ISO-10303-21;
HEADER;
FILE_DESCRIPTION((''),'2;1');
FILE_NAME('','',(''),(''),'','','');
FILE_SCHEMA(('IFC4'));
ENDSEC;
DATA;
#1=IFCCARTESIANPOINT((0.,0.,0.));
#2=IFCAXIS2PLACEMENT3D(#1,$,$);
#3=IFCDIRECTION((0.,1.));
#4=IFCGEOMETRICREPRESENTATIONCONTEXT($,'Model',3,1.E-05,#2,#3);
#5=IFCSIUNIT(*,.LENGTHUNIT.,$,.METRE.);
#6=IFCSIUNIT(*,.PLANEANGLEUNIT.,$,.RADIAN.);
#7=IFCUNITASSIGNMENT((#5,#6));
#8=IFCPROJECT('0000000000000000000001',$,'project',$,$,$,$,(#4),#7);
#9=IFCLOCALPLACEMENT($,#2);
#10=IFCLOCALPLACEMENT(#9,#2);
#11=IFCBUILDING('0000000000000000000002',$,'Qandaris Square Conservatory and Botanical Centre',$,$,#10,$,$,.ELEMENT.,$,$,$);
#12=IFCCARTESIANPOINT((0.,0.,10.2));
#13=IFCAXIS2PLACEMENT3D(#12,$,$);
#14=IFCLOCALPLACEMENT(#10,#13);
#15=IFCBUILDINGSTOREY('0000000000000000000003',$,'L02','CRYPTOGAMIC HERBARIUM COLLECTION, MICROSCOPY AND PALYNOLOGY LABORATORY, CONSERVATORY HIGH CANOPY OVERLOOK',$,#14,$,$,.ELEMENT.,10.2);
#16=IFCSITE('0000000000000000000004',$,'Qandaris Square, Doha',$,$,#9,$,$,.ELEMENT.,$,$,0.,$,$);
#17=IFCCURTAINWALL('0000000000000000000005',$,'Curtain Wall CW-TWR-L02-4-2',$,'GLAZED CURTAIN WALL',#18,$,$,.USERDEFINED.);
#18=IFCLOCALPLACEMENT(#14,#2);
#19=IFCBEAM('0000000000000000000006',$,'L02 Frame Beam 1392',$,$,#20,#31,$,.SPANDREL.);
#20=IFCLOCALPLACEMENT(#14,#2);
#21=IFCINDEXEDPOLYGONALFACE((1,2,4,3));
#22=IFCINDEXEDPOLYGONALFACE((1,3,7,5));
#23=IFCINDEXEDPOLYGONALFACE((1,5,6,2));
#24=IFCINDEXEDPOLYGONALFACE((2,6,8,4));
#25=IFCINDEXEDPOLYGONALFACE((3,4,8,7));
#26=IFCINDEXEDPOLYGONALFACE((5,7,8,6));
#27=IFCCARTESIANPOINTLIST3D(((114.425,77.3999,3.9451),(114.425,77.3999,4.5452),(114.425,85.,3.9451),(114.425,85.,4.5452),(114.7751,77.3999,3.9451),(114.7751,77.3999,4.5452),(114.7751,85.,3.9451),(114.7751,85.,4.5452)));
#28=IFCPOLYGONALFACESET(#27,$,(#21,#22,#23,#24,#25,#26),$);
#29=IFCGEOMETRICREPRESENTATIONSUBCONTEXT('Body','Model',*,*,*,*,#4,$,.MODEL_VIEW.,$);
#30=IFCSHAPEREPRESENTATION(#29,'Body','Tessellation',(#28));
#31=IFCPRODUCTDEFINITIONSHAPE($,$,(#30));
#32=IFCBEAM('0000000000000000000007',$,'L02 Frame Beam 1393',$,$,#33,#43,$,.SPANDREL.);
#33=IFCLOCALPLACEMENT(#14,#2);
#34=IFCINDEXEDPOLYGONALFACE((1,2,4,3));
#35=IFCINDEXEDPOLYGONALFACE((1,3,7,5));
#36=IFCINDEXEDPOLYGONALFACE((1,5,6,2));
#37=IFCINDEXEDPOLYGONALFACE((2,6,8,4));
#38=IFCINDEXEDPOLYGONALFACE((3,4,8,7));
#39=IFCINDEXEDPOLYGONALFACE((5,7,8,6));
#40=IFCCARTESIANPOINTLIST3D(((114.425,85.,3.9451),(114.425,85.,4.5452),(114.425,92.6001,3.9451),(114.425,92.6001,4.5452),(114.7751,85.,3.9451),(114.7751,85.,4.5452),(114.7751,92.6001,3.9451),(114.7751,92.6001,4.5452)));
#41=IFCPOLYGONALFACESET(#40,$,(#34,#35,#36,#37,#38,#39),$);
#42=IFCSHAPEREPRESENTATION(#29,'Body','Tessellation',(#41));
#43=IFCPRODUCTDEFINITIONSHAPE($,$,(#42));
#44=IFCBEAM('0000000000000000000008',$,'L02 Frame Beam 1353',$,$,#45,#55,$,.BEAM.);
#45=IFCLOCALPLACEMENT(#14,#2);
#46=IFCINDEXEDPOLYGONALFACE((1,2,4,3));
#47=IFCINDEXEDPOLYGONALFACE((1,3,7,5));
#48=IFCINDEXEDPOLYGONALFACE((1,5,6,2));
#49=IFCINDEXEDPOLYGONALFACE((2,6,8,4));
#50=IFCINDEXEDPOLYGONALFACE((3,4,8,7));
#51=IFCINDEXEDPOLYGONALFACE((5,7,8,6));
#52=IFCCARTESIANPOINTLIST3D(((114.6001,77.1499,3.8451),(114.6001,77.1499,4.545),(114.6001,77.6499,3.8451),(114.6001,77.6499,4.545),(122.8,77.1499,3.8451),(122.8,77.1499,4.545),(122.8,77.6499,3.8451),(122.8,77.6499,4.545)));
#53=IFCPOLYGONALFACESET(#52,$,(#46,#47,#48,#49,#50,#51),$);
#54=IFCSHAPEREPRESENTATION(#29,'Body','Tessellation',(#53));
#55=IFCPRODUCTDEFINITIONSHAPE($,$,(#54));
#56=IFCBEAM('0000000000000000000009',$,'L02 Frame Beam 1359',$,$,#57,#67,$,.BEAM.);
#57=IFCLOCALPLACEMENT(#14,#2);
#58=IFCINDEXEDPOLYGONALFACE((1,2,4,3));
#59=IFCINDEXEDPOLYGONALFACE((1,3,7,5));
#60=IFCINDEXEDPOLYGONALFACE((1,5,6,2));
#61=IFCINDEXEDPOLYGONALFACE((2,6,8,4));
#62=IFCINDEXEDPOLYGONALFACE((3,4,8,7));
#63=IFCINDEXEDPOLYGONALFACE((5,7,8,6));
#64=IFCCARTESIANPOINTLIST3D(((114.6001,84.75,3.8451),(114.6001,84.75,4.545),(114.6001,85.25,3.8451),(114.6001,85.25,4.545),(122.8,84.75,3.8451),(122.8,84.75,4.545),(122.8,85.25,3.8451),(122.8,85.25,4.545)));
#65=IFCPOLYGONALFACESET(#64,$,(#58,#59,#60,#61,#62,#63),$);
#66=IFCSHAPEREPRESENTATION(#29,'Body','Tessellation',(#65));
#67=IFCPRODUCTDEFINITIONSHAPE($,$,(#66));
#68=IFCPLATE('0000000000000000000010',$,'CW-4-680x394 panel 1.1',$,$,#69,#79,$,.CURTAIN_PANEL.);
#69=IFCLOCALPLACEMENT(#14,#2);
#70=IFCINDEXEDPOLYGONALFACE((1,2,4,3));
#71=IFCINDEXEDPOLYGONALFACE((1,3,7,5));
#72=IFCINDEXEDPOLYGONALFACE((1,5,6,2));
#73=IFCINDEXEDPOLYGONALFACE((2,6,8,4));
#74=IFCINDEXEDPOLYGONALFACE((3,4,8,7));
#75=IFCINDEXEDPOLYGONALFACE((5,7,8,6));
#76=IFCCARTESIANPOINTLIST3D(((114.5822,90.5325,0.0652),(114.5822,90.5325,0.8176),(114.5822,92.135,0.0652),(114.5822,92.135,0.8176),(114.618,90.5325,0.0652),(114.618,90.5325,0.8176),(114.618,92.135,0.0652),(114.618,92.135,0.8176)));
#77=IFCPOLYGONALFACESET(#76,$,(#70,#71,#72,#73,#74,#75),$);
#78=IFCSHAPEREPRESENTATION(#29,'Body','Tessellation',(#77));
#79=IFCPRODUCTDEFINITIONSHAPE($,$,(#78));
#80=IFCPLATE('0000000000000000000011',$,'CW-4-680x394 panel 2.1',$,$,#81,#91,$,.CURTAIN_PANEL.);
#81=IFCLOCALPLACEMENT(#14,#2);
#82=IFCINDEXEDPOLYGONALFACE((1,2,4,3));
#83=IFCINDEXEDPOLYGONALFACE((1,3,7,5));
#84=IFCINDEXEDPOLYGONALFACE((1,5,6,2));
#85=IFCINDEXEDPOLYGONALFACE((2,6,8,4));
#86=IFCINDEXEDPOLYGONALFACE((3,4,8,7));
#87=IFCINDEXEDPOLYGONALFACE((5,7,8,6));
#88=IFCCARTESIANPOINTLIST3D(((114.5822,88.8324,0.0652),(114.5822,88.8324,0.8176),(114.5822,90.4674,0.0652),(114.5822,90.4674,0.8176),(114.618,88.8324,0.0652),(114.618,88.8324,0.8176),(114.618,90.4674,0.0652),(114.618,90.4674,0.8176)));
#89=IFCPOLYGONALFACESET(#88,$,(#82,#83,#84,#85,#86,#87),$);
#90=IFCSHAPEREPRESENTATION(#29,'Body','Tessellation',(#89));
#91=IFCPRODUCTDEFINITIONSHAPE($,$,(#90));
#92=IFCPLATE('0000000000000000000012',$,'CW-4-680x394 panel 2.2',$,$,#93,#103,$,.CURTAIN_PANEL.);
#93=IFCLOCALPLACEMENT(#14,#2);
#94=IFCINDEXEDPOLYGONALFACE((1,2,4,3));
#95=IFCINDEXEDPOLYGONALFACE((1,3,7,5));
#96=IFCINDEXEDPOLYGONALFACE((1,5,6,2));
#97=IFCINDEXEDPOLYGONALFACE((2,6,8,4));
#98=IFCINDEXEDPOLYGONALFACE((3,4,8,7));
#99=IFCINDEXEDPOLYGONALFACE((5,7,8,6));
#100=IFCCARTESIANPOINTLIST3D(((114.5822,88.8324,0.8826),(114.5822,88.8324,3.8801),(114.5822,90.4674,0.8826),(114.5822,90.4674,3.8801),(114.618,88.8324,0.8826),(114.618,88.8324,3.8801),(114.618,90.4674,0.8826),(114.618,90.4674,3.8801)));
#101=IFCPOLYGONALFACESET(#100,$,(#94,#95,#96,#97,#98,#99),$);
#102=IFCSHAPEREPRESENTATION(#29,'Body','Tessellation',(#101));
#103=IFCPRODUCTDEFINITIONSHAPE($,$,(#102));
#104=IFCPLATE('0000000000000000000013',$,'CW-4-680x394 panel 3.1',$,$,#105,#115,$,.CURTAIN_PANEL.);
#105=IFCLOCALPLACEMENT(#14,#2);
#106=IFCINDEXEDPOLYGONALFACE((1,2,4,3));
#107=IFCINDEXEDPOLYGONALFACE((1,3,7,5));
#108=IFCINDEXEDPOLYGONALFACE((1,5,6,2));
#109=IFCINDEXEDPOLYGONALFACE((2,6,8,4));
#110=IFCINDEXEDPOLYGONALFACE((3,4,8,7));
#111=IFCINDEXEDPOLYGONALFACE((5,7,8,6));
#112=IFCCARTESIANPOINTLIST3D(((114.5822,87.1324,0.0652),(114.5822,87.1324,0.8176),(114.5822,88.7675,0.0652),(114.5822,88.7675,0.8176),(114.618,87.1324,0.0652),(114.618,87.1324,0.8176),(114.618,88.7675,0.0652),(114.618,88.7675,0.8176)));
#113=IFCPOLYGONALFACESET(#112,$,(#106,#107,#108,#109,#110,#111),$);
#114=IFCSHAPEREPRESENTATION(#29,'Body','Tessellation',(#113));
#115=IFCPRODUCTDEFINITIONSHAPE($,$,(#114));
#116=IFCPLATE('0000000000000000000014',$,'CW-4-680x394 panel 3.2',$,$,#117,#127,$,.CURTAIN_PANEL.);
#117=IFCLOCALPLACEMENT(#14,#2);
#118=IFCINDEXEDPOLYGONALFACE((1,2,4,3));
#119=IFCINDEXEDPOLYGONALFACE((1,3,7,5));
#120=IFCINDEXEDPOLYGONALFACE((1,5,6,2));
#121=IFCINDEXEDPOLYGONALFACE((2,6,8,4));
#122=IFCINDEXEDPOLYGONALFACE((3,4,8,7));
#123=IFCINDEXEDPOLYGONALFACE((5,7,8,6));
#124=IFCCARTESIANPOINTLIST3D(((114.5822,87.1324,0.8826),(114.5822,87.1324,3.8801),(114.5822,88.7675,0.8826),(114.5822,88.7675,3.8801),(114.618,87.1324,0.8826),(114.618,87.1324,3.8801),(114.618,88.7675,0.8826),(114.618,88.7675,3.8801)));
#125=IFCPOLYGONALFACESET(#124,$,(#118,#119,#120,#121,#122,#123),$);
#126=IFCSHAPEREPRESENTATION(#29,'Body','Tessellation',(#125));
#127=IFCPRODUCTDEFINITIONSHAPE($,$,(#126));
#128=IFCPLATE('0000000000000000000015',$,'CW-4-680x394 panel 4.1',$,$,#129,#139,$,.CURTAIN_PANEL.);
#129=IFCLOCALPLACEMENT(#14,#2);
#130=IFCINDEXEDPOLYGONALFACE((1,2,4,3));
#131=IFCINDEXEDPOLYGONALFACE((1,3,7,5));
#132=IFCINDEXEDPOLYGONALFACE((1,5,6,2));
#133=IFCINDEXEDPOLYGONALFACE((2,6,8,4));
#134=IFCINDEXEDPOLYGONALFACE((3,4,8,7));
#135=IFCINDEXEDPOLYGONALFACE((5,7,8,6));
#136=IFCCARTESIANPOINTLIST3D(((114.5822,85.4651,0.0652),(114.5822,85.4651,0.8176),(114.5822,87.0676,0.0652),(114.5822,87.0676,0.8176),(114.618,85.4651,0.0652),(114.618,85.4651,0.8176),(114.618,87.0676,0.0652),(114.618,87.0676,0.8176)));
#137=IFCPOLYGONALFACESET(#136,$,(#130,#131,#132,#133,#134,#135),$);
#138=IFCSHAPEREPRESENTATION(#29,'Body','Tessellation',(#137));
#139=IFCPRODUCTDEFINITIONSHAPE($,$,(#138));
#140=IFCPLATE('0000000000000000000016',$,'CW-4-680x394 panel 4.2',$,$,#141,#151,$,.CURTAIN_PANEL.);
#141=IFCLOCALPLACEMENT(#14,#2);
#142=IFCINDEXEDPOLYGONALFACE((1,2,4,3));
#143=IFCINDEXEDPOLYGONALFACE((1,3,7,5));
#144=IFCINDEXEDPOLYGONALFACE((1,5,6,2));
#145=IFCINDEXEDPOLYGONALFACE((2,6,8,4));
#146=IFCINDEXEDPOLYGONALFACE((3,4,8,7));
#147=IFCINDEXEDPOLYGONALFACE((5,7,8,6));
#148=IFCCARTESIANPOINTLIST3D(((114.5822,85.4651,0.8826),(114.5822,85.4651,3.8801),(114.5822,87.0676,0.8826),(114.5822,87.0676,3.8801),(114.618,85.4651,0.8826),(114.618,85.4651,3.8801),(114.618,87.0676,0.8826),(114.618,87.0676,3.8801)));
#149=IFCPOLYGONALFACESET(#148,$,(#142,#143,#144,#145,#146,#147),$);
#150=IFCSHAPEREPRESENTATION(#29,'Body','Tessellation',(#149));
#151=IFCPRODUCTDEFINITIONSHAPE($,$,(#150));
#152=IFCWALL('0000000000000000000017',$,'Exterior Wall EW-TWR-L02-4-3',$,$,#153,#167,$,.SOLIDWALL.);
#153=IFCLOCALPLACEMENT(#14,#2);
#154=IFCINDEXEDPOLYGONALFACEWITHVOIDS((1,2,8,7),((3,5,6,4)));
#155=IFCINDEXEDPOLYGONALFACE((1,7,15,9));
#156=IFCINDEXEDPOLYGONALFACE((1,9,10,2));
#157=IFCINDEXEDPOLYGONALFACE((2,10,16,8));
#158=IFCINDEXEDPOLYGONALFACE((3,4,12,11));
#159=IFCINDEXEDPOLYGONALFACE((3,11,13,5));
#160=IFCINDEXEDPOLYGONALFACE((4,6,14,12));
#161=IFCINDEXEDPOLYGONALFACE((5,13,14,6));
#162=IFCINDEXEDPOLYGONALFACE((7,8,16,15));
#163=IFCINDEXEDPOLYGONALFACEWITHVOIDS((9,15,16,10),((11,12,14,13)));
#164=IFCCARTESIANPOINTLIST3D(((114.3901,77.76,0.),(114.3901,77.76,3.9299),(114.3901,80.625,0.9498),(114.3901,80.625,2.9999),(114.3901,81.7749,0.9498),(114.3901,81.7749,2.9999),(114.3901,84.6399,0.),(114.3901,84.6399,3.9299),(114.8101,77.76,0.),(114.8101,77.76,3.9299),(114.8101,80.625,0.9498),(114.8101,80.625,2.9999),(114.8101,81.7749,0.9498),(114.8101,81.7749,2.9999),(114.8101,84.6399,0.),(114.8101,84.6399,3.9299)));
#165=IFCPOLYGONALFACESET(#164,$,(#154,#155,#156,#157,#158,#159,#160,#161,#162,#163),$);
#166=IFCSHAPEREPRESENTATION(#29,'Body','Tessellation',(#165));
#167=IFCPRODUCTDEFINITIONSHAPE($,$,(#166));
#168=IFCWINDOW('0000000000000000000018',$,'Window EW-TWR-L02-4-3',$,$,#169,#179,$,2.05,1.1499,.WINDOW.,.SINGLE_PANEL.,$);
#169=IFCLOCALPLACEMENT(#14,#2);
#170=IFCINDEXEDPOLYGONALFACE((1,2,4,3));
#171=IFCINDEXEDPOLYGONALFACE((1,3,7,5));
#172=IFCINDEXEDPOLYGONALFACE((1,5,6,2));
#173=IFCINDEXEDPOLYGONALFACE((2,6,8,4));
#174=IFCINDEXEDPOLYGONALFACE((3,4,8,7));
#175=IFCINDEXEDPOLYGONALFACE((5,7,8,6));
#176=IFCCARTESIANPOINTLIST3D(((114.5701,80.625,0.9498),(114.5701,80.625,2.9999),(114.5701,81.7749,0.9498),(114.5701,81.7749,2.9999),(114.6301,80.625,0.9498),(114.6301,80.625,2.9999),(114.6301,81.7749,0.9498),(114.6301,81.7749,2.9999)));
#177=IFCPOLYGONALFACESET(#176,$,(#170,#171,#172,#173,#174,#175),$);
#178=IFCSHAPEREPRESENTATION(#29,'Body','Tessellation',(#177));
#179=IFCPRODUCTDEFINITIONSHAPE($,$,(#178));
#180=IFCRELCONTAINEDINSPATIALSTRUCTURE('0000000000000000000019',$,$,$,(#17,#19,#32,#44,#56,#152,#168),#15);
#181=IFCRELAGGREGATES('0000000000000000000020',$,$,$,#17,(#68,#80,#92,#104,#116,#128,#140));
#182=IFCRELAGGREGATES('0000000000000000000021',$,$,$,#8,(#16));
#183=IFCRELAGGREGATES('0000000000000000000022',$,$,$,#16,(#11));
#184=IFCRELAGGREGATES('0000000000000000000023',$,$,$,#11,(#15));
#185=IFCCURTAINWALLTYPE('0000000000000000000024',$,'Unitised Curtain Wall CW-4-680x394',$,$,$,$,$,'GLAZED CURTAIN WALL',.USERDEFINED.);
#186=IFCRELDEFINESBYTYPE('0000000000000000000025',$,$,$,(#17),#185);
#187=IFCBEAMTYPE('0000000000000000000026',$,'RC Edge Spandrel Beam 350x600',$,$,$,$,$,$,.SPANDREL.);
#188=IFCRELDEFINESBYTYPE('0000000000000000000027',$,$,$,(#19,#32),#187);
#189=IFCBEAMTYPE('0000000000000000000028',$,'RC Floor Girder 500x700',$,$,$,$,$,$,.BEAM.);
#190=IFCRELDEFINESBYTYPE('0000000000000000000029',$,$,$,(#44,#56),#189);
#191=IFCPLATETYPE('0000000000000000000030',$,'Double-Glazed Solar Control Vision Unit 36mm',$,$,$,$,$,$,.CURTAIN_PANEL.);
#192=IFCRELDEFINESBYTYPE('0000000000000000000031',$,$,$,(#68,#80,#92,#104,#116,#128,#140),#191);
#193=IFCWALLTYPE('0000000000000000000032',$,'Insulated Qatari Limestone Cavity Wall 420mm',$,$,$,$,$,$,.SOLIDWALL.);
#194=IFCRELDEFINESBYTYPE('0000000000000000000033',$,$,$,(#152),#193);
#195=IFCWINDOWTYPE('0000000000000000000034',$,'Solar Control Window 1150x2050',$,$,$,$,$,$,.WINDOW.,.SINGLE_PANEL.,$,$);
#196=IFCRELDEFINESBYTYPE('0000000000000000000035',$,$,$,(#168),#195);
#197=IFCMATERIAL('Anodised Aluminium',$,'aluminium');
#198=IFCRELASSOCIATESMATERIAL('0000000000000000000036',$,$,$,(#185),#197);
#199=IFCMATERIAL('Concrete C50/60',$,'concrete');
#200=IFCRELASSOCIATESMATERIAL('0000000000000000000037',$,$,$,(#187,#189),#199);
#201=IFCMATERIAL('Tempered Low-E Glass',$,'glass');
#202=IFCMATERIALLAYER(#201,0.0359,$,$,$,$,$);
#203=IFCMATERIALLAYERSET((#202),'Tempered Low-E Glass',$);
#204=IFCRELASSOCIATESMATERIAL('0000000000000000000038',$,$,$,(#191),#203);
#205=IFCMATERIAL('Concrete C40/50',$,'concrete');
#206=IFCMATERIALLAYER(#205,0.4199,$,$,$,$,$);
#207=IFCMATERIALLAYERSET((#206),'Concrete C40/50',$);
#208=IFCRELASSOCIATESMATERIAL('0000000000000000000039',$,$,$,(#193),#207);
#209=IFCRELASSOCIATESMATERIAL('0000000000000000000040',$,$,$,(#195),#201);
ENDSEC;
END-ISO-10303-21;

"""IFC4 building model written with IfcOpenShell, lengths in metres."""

from ifc_helpers import new_model, si_unit, direction, frame, frame_2d, origin, origin_2d, place, context, subcontext, project, spatial, rectangle, extrude, material, layer, layer_set, material_profile, profile_set, type_object, element, fill, aggregate, save


model = new_model("IFC4")

# Units and contexts
model_context = context("Model", 3, precision=1e-05, world=origin(), true_north=direction((0.0, 1.0)))
body_context = subcontext(model_context, "Body", "Model", "MODEL_VIEW")
ifc_project = project(units=[si_unit("LENGTHUNIT", "METRE"), si_unit("PLANEANGLEUNIT", "RADIAN")], contexts=[model_context])

# Site, building, storey
site_placement = place(None, origin())
site = spatial("IfcSite", under=ifc_project, at=site_placement, Name="Qandaris Square, Doha", CompositionType="ELEMENT", RefElevation=0.0)
building_placement = place(site_placement, origin())
building = spatial("IfcBuilding", under=site, at=building_placement, Name="Qandaris Square Conservatory and Botanical Centre", CompositionType="ELEMENT")
storey_placement = place(building_placement, frame((0.0, 0.0, 10.2)))
storey = spatial("IfcBuildingStorey", under=building, at=storey_placement, Name="L02", Description="CRYPTOGAMIC HERBARIUM COLLECTION, MICROSCOPY AND PALYNOLOGY LABORATORY, CONSERVATORY HIGH CANOPY OVERLOOK", CompositionType="ELEMENT", Elevation=10.2)

# Shared definitions
ifc_material_1 = material(Name="Concrete C40/50", Category="concrete")

# Curtain wall
ifc_material_2 = material(Name="Anodised Aluminium", Category="aluminium")
curtain_wall_type = type_object("IfcCurtainWallType", Name="Unitised Curtain Wall CW-4-680x394", ElementType="GLAZED CURTAIN WALL", PredefinedType="USERDEFINED", material=ifc_material_2)
curtain_wall_placement = place(storey_placement, origin())
curtain_wall = element("IfcCurtainWall", 1, at=curtain_wall_placement, inside=storey, type_object=curtain_wall_type, Name="Curtain Wall CW-TWR-L02-4-2", ObjectType="GLAZED CURTAIN WALL", PredefinedType="USERDEFINED")

# Beams
ifc_material_3 = material(Name="Concrete C50/60", Category="concrete")
ifc_material_profile_1 = material_profile(ifc_material_3, rectangle(XDim=0.3501, YDim=0.6001, at=origin_2d()), Name="RC-SP 350x600")
ifc_profile_set_1 = profile_set([ifc_material_profile_1], Name="Concrete C50/60")
beam_type_1 = type_object("IfcBeamType", Name="RC Edge Spandrel Beam 350x600", PredefinedType="SPANDREL", material=ifc_profile_set_1)
for number, where, z_axis, x_axis, name in (
    (2, (114.6001, 77.3999, 4.2451), (0.0, 1.0, 0.0), (-1.0, 0.0, 0.0), "L02 Frame Beam 1392"),
    (3, (114.6001, 85.0, 4.2451), (0.0, 1.0, 0.0), (-1.0, 0.0, 0.0), "L02 Frame Beam 1393"),
):
    element("IfcBeam", number, at=place(storey_placement, frame(where, z_axis=z_axis, x_axis=x_axis)), inside=storey, type_object=beam_type_1, Name=name, PredefinedType="SPANDREL", context=body_context, shape_type="SweptSolid", body=[
        extrude(rectangle(XDim=0.3501, YDim=0.6001, at=origin_2d()), origin(), (0.0, 0.0, 1.0), 7.6001),
    ])
ifc_material_profile_2 = material_profile(ifc_material_3, rectangle(XDim=0.5, YDim=0.7, at=origin_2d()), Name="RC-BM 500x700")
ifc_profile_set_2 = profile_set([ifc_material_profile_2], Name="Concrete C50/60")
beam_type_2 = type_object("IfcBeamType", Name="RC Floor Girder 500x700", PredefinedType="BEAM", material=ifc_profile_set_2)
for number, where, z_axis, x_axis, name in (
    (4, (114.6001, 77.3999, 4.1951), (1.0, 0.0, 0.0), (0.0, 1.0, 0.0), "L02 Frame Beam 1353"),
    (5, (114.6001, 85.0, 4.1951), (1.0, 0.0, 0.0), (0.0, 1.0, 0.0), "L02 Frame Beam 1359"),
):
    element("IfcBeam", number, at=place(storey_placement, frame(where, z_axis=z_axis, x_axis=x_axis)), inside=storey, type_object=beam_type_2, Name=name, PredefinedType="BEAM", context=body_context, shape_type="SweptSolid", body=[
        extrude(rectangle(XDim=0.5, YDim=0.7, at=origin_2d()), origin(), (0.0, 0.0, 1.0), 8.2),
    ])

# Plates
ifc_material_4 = material(Name="Tempered Low-E Glass", Category="glass")
ifc_layer_1 = layer(ifc_material_4, 0.0359)
ifc_layer_set_1 = layer_set([ifc_layer_1], Name="Tempered Low-E Glass")
plate_type = type_object("IfcPlateType", Name="Double-Glazed Solar Control Vision Unit 36mm", PredefinedType="CURTAIN_PANEL", material=ifc_layer_set_1)
plate_1_placement = place(storey_placement, frame((114.6001, 91.3337, 0.0652), z_axis=(0.0, 0.0, 1.0), x_axis=(0.0, -1.0, 0.0)))
plate_1 = element("IfcPlate", 6, at=plate_1_placement, type_object=plate_type, Name="CW-4-680x394 panel 1.1", PredefinedType="CURTAIN_PANEL", context=body_context, shape_type="SweptSolid", body=[
    extrude(rectangle(XDim=1.6025, YDim=0.0359, at=origin_2d()), origin(), (0.0, 0.0, 1.0), 0.7524),
])
plate_2_placement = place(storey_placement, frame((114.6001, 89.6499, 0.0652), z_axis=(0.0, 0.0, 1.0), x_axis=(0.0, -1.0, 0.0)))
plate_2 = element("IfcPlate", 7, at=plate_2_placement, type_object=plate_type, Name="CW-4-680x394 panel 2.1", PredefinedType="CURTAIN_PANEL", context=body_context, shape_type="SweptSolid", body=[
    extrude(rectangle(XDim=1.635, YDim=0.0359, at=origin_2d()), origin(), (0.0, 0.0, 1.0), 0.7524),
])
plate_3_placement = place(storey_placement, frame((114.6001, 89.6499, 0.8826), z_axis=(0.0, 0.0, 1.0), x_axis=(0.0, -1.0, 0.0)))
plate_3 = element("IfcPlate", 8, at=plate_3_placement, type_object=plate_type, Name="CW-4-680x394 panel 2.2", PredefinedType="CURTAIN_PANEL", context=body_context, shape_type="SweptSolid", body=[
    extrude(rectangle(XDim=1.635, YDim=0.0359, at=origin_2d()), origin(), (0.0, 0.0, 1.0), 2.9976),
])
plate_4_placement = place(storey_placement, frame((114.6001, 87.95, 0.0652), z_axis=(0.0, 0.0, 1.0), x_axis=(0.0, -1.0, 0.0)))
plate_4 = element("IfcPlate", 9, at=plate_4_placement, type_object=plate_type, Name="CW-4-680x394 panel 3.1", PredefinedType="CURTAIN_PANEL", context=body_context, shape_type="SweptSolid", body=[
    extrude(rectangle(XDim=1.635, YDim=0.0359, at=origin_2d()), origin(), (0.0, 0.0, 1.0), 0.7524),
])
plate_5_placement = place(storey_placement, frame((114.6001, 87.95, 0.8826), z_axis=(0.0, 0.0, 1.0), x_axis=(0.0, -1.0, 0.0)))
plate_5 = element("IfcPlate", 10, at=plate_5_placement, type_object=plate_type, Name="CW-4-680x394 panel 3.2", PredefinedType="CURTAIN_PANEL", context=body_context, shape_type="SweptSolid", body=[
    extrude(rectangle(XDim=1.635, YDim=0.0359, at=origin_2d()), origin(), (0.0, 0.0, 1.0), 2.9976),
])
plate_6_placement = place(storey_placement, frame((114.6001, 86.2664, 0.0652), z_axis=(0.0, 0.0, 1.0), x_axis=(0.0, -1.0, 0.0)))
plate_6 = element("IfcPlate", 11, at=plate_6_placement, type_object=plate_type, Name="CW-4-680x394 panel 4.1", PredefinedType="CURTAIN_PANEL", context=body_context, shape_type="SweptSolid", body=[
    extrude(rectangle(XDim=1.6025, YDim=0.0359, at=origin_2d()), origin(), (0.0, 0.0, 1.0), 0.7524),
])
plate_7_placement = place(storey_placement, frame((114.6001, 86.2664, 0.8826), z_axis=(0.0, 0.0, 1.0), x_axis=(0.0, -1.0, 0.0)))
plate_7 = element("IfcPlate", 12, at=plate_7_placement, type_object=plate_type, Name="CW-4-680x394 panel 4.2", PredefinedType="CURTAIN_PANEL", context=body_context, shape_type="SweptSolid", body=[
    extrude(rectangle(XDim=1.6025, YDim=0.0359, at=origin_2d()), origin(), (0.0, 0.0, 1.0), 2.9976),
])
aggregate(curtain_wall, [plate_1, plate_2, plate_3, plate_4, plate_5, plate_6, plate_7])

# Wall, opening, window
ifc_layer_2 = layer(ifc_material_1, 0.4199)
ifc_layer_set_2 = layer_set([ifc_layer_2], Name="Concrete C40/50")
wall_type = type_object("IfcWallType", Name="Insulated Qatari Limestone Cavity Wall 420mm", PredefinedType="SOLIDWALL", material=ifc_layer_set_2)
wall_placement = place(storey_placement, frame((114.6001, 84.6399, 0.0), z_axis=(0.0, 0.0, 1.0), x_axis=(0.0, -1.0, 0.0)))
wall = element("IfcWall", 13, at=wall_placement, inside=storey, type_object=wall_type, Name="Exterior Wall EW-TWR-L02-4-3", PredefinedType="SOLIDWALL", context=body_context, shape_type="SweptSolid", body=[
    extrude(rectangle(XDim=6.8799, YDim=0.4199, at=frame_2d((3.4399, 0.0))), origin(), (0.0, 0.0, 1.0), 3.9299),
])
opening_placement = place(wall_placement, frame((2.865, 0.0, 0.95)))
opening = element("IfcOpeningElement", 14, at=opening_placement, cuts=wall, PredefinedType="OPENING", context=body_context, shape_type="SweptSolid", body=[
    extrude(rectangle(XDim=1.1499, YDim=2.05, at=frame_2d((0.575, 1.0249))), frame((0.0, 0.2219, 0.0), z_axis=(0.0, -1.0, 0.0), x_axis=(1.0, 0.0, 0.0)), (0.0, 0.0, 1.0), 0.4438),
])
window_type = type_object("IfcWindowType", Name="Solar Control Window 1150x2050", PartitioningType="SINGLE_PANEL", PredefinedType="WINDOW", material=ifc_material_4)
window_placement = place(opening_placement, origin())
window = element("IfcWindow", 15, at=window_placement, inside=storey, type_object=window_type, Name="Window EW-TWR-L02-4-3", OverallHeight=2.05, OverallWidth=1.1499, PartitioningType="SINGLE_PANEL", PredefinedType="WINDOW", context=body_context, shape_type="SweptSolid", body=[
    extrude(rectangle(XDim=1.1499, YDim=2.05, at=frame_2d((0.575, 1.0249))), frame((0.0, 0.03, 0.0), z_axis=(0.0, -1.0, 0.0), x_axis=(1.0, 0.0, 0.0)), (0.0, 0.0, 1.0), 0.0601),
])
fill(opening, window)

save(model, "model.ifc")
